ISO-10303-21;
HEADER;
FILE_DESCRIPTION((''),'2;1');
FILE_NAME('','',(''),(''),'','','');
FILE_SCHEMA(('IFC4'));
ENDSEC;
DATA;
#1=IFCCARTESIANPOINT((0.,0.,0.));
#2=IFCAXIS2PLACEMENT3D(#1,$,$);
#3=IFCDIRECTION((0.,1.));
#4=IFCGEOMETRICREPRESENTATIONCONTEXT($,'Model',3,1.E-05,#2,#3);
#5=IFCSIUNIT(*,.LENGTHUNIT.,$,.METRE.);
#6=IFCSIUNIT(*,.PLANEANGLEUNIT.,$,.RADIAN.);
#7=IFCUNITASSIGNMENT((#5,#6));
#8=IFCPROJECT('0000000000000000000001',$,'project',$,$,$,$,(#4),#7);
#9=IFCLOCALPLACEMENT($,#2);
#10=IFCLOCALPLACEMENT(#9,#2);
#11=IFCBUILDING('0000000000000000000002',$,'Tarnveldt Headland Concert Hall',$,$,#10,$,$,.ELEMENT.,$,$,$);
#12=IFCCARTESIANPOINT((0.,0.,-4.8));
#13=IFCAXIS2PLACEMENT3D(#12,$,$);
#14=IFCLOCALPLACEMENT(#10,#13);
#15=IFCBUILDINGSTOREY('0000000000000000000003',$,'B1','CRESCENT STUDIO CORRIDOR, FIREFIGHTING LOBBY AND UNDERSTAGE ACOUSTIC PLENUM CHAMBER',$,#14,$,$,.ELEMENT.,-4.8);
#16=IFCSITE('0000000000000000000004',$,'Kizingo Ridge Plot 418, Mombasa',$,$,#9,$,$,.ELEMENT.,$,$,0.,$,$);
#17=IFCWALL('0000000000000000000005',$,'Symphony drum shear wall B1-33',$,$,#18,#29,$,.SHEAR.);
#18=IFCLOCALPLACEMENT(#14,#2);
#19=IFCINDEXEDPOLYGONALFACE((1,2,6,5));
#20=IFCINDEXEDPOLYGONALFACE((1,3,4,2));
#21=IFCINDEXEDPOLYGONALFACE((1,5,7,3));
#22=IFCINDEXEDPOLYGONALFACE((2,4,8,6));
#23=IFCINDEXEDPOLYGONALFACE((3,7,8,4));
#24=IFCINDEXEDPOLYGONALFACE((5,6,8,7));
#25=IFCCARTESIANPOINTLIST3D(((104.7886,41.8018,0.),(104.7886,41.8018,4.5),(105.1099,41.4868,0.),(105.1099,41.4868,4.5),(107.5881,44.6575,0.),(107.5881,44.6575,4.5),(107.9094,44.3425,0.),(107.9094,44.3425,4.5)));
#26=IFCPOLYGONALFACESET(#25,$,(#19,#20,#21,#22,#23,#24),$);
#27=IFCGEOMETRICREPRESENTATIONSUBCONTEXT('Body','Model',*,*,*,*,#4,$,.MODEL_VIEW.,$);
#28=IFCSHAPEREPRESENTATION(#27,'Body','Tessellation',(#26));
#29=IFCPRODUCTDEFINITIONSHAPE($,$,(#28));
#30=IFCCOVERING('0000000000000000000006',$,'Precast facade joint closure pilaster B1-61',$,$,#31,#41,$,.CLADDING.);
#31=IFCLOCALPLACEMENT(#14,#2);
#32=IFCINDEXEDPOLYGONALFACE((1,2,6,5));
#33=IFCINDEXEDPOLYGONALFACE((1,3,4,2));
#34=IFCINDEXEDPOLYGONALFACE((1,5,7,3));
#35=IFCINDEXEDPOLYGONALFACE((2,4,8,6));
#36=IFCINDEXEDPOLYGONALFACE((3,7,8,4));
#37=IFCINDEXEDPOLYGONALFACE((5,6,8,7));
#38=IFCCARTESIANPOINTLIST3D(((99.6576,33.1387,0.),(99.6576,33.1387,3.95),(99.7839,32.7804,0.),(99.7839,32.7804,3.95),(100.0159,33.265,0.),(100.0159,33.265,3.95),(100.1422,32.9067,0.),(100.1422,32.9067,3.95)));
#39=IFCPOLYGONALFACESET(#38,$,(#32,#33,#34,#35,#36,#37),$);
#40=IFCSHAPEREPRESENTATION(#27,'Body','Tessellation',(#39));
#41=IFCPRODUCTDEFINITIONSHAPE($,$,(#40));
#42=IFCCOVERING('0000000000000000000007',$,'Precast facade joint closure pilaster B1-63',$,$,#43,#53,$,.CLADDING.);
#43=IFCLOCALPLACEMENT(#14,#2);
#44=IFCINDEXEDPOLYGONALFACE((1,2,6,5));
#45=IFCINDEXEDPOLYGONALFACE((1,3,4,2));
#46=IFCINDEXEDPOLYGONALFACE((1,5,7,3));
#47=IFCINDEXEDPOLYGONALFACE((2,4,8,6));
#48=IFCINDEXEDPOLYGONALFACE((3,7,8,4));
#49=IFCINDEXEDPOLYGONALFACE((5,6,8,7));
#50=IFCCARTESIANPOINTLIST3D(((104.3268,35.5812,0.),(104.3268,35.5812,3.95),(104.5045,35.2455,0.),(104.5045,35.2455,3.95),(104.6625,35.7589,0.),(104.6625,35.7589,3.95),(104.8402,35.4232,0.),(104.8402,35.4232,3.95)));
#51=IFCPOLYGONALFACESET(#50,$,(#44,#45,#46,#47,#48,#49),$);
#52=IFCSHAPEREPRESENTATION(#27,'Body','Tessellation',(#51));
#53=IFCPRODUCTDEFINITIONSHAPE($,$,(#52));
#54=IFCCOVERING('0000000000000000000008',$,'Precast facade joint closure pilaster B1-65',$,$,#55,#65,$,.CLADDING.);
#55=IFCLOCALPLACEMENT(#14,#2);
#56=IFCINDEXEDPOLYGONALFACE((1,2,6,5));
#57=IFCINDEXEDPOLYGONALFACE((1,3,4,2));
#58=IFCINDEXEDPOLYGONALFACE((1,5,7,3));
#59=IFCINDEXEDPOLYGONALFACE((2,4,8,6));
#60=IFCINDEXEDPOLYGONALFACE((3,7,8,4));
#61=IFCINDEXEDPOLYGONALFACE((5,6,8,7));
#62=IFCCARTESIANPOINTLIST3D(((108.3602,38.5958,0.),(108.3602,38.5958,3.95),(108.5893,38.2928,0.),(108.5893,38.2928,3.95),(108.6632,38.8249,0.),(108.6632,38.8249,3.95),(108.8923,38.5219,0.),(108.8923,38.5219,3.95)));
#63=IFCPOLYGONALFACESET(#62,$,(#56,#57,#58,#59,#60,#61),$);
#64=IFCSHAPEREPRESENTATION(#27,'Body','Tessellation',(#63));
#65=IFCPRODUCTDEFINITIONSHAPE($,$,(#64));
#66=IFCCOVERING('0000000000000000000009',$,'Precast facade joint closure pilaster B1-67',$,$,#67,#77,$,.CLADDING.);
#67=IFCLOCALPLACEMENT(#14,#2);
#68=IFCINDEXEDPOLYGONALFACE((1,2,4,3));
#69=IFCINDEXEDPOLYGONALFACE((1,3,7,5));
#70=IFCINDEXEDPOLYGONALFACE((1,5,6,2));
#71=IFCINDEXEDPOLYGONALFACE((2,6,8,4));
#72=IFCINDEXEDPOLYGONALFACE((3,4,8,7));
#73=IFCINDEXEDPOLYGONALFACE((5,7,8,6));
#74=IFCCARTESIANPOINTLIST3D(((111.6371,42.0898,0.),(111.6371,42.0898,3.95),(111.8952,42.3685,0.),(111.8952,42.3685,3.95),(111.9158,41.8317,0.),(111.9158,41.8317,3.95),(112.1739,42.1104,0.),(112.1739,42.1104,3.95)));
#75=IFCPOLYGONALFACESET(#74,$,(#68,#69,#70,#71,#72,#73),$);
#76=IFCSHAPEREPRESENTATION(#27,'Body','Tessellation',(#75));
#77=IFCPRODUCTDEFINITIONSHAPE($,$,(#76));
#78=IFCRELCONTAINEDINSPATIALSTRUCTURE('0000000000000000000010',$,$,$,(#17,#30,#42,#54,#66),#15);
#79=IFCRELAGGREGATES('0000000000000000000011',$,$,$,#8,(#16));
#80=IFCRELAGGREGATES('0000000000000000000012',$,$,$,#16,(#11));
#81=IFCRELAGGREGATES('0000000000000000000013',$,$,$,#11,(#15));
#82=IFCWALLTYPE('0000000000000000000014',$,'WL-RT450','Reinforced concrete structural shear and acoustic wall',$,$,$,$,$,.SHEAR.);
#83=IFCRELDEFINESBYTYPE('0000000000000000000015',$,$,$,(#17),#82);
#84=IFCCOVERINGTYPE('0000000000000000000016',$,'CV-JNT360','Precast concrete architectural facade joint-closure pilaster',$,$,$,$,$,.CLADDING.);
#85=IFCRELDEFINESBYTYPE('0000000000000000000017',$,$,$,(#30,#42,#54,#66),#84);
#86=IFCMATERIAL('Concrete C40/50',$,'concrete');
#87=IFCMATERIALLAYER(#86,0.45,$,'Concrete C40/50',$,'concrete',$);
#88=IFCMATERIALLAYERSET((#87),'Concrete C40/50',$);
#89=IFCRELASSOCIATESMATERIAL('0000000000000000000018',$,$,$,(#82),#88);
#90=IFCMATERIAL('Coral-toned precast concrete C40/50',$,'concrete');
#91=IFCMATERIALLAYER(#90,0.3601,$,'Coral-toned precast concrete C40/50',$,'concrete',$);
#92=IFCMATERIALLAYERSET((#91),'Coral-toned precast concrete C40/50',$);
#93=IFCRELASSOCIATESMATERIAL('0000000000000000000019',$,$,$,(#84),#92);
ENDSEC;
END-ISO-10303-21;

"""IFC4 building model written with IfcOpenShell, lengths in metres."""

from ifc_helpers import new_model, si_unit, direction, frame, frame_2d, origin, origin_2d, place, context, subcontext, project, spatial, rectangle, extrude, material, layer, layer_set, type_object, element, save


model = new_model("IFC4")

# Units and contexts
model_context = context("Model", 3, precision=1e-05, world=origin(), true_north=direction((0.0, 1.0)))
body_context = subcontext(model_context, "Body", "Model", "MODEL_VIEW")
ifc_project = project(units=[si_unit("LENGTHUNIT", "METRE"), si_unit("PLANEANGLEUNIT", "RADIAN")], contexts=[model_context])

# Site, building, storey
site_placement = place(None, origin())
site = spatial("IfcSite", under=ifc_project, at=site_placement, Name="Kizingo Ridge Plot 418, Mombasa", CompositionType="ELEMENT", RefElevation=0.0)
building_placement = place(site_placement, origin())
building = spatial("IfcBuilding", under=site, at=building_placement, Name="Tarnveldt Headland Concert Hall", CompositionType="ELEMENT")
storey_placement = place(building_placement, frame((0.0, 0.0, -4.8)))
storey = spatial("IfcBuildingStorey", under=building, at=storey_placement, Name="B1", Description="CRESCENT STUDIO CORRIDOR, FIREFIGHTING LOBBY AND UNDERSTAGE ACOUSTIC PLENUM CHAMBER", CompositionType="ELEMENT", Elevation=-4.8)

# Shared definitions
ifc_material_1 = material(Name="Concrete C40/50", Category="concrete")

# Shared definitions
ifc_material_2 = material(Name="Coral-toned precast concrete C40/50", Category="concrete")

# Shared definitions
ifc_layer_1 = layer(ifc_material_1, 0.45, Name="Concrete C40/50", Category="concrete")
ifc_layer_set_1 = layer_set([ifc_layer_1], Name="Concrete C40/50")
wall_type_1 = type_object("IfcWallType", Name="WL-RT450", Description="Reinforced concrete structural shear and acoustic wall", PredefinedType="SHEAR", material=ifc_layer_set_1)

# Wall
wall_1_placement = place(storey_placement, frame((104.9492, 41.6443, 0.0), z_axis=(0.0, 0.0, 1.0), x_axis=(0.700051, 0.714093, 0.0)))
element("IfcWall", 1, at=wall_1_placement, inside=storey, type_object=wall_type_1, Name="Symphony drum shear wall B1-33", PredefinedType="SHEAR", context=body_context, shape_type="SweptSolid", body=[
    extrude(rectangle(XDim=3.999, YDim=0.45, at=frame_2d((1.9995, 0.0))), origin(), (0.0, 0.0, 1.0), 4.5),
])

# Coverings
ifc_layer_2 = layer(ifc_material_2, 0.3601, Name="Coral-toned precast concrete C40/50", Category="concrete")
ifc_layer_set_2 = layer_set([ifc_layer_2], Name="Coral-toned precast concrete C40/50")
covering_type = type_object("IfcCoveringType", Name="CV-JNT360", Description="Precast concrete architectural facade joint-closure pilaster", PredefinedType="CLADDING", material=ifc_layer_set_2)
for number, where, z_axis, x_axis, name in (
    (2, (99.8999, 33.0227, 0.0), (0.0, 0.0, 1.0), (-0.943107, -0.33249, 0.0), "Precast facade joint closure pilaster B1-61"),
    (3, (104.5835, 35.5022, 0.0), (0.0, 0.0, 1.0), (-0.883766, -0.46793, 0.0), "Precast facade joint closure pilaster B1-63"),
    (4, (108.6262, 38.5588, 0.0), (0.0, 0.0, 1.0), (-0.797689, -0.603069, 0.0), "Precast facade joint closure pilaster B1-65"),
    (5, (111.9055, 42.1001, 0.0), (0.0, 0.0, 1.0), (-0.679441, -0.73373, 0.0), "Precast facade joint closure pilaster B1-67"),
):
    element("IfcCovering", number, at=place(storey_placement, frame(where, z_axis=z_axis, x_axis=x_axis)), inside=storey, type_object=covering_type, Name=name, PredefinedType="CLADDING", context=body_context, shape_type="SweptSolid", body=[
        extrude(rectangle(XDim=0.3799, YDim=0.3799, at=origin_2d()), origin(), (0.0, 0.0, 1.0), 3.95),
    ])

save(model, "model.ifc")
